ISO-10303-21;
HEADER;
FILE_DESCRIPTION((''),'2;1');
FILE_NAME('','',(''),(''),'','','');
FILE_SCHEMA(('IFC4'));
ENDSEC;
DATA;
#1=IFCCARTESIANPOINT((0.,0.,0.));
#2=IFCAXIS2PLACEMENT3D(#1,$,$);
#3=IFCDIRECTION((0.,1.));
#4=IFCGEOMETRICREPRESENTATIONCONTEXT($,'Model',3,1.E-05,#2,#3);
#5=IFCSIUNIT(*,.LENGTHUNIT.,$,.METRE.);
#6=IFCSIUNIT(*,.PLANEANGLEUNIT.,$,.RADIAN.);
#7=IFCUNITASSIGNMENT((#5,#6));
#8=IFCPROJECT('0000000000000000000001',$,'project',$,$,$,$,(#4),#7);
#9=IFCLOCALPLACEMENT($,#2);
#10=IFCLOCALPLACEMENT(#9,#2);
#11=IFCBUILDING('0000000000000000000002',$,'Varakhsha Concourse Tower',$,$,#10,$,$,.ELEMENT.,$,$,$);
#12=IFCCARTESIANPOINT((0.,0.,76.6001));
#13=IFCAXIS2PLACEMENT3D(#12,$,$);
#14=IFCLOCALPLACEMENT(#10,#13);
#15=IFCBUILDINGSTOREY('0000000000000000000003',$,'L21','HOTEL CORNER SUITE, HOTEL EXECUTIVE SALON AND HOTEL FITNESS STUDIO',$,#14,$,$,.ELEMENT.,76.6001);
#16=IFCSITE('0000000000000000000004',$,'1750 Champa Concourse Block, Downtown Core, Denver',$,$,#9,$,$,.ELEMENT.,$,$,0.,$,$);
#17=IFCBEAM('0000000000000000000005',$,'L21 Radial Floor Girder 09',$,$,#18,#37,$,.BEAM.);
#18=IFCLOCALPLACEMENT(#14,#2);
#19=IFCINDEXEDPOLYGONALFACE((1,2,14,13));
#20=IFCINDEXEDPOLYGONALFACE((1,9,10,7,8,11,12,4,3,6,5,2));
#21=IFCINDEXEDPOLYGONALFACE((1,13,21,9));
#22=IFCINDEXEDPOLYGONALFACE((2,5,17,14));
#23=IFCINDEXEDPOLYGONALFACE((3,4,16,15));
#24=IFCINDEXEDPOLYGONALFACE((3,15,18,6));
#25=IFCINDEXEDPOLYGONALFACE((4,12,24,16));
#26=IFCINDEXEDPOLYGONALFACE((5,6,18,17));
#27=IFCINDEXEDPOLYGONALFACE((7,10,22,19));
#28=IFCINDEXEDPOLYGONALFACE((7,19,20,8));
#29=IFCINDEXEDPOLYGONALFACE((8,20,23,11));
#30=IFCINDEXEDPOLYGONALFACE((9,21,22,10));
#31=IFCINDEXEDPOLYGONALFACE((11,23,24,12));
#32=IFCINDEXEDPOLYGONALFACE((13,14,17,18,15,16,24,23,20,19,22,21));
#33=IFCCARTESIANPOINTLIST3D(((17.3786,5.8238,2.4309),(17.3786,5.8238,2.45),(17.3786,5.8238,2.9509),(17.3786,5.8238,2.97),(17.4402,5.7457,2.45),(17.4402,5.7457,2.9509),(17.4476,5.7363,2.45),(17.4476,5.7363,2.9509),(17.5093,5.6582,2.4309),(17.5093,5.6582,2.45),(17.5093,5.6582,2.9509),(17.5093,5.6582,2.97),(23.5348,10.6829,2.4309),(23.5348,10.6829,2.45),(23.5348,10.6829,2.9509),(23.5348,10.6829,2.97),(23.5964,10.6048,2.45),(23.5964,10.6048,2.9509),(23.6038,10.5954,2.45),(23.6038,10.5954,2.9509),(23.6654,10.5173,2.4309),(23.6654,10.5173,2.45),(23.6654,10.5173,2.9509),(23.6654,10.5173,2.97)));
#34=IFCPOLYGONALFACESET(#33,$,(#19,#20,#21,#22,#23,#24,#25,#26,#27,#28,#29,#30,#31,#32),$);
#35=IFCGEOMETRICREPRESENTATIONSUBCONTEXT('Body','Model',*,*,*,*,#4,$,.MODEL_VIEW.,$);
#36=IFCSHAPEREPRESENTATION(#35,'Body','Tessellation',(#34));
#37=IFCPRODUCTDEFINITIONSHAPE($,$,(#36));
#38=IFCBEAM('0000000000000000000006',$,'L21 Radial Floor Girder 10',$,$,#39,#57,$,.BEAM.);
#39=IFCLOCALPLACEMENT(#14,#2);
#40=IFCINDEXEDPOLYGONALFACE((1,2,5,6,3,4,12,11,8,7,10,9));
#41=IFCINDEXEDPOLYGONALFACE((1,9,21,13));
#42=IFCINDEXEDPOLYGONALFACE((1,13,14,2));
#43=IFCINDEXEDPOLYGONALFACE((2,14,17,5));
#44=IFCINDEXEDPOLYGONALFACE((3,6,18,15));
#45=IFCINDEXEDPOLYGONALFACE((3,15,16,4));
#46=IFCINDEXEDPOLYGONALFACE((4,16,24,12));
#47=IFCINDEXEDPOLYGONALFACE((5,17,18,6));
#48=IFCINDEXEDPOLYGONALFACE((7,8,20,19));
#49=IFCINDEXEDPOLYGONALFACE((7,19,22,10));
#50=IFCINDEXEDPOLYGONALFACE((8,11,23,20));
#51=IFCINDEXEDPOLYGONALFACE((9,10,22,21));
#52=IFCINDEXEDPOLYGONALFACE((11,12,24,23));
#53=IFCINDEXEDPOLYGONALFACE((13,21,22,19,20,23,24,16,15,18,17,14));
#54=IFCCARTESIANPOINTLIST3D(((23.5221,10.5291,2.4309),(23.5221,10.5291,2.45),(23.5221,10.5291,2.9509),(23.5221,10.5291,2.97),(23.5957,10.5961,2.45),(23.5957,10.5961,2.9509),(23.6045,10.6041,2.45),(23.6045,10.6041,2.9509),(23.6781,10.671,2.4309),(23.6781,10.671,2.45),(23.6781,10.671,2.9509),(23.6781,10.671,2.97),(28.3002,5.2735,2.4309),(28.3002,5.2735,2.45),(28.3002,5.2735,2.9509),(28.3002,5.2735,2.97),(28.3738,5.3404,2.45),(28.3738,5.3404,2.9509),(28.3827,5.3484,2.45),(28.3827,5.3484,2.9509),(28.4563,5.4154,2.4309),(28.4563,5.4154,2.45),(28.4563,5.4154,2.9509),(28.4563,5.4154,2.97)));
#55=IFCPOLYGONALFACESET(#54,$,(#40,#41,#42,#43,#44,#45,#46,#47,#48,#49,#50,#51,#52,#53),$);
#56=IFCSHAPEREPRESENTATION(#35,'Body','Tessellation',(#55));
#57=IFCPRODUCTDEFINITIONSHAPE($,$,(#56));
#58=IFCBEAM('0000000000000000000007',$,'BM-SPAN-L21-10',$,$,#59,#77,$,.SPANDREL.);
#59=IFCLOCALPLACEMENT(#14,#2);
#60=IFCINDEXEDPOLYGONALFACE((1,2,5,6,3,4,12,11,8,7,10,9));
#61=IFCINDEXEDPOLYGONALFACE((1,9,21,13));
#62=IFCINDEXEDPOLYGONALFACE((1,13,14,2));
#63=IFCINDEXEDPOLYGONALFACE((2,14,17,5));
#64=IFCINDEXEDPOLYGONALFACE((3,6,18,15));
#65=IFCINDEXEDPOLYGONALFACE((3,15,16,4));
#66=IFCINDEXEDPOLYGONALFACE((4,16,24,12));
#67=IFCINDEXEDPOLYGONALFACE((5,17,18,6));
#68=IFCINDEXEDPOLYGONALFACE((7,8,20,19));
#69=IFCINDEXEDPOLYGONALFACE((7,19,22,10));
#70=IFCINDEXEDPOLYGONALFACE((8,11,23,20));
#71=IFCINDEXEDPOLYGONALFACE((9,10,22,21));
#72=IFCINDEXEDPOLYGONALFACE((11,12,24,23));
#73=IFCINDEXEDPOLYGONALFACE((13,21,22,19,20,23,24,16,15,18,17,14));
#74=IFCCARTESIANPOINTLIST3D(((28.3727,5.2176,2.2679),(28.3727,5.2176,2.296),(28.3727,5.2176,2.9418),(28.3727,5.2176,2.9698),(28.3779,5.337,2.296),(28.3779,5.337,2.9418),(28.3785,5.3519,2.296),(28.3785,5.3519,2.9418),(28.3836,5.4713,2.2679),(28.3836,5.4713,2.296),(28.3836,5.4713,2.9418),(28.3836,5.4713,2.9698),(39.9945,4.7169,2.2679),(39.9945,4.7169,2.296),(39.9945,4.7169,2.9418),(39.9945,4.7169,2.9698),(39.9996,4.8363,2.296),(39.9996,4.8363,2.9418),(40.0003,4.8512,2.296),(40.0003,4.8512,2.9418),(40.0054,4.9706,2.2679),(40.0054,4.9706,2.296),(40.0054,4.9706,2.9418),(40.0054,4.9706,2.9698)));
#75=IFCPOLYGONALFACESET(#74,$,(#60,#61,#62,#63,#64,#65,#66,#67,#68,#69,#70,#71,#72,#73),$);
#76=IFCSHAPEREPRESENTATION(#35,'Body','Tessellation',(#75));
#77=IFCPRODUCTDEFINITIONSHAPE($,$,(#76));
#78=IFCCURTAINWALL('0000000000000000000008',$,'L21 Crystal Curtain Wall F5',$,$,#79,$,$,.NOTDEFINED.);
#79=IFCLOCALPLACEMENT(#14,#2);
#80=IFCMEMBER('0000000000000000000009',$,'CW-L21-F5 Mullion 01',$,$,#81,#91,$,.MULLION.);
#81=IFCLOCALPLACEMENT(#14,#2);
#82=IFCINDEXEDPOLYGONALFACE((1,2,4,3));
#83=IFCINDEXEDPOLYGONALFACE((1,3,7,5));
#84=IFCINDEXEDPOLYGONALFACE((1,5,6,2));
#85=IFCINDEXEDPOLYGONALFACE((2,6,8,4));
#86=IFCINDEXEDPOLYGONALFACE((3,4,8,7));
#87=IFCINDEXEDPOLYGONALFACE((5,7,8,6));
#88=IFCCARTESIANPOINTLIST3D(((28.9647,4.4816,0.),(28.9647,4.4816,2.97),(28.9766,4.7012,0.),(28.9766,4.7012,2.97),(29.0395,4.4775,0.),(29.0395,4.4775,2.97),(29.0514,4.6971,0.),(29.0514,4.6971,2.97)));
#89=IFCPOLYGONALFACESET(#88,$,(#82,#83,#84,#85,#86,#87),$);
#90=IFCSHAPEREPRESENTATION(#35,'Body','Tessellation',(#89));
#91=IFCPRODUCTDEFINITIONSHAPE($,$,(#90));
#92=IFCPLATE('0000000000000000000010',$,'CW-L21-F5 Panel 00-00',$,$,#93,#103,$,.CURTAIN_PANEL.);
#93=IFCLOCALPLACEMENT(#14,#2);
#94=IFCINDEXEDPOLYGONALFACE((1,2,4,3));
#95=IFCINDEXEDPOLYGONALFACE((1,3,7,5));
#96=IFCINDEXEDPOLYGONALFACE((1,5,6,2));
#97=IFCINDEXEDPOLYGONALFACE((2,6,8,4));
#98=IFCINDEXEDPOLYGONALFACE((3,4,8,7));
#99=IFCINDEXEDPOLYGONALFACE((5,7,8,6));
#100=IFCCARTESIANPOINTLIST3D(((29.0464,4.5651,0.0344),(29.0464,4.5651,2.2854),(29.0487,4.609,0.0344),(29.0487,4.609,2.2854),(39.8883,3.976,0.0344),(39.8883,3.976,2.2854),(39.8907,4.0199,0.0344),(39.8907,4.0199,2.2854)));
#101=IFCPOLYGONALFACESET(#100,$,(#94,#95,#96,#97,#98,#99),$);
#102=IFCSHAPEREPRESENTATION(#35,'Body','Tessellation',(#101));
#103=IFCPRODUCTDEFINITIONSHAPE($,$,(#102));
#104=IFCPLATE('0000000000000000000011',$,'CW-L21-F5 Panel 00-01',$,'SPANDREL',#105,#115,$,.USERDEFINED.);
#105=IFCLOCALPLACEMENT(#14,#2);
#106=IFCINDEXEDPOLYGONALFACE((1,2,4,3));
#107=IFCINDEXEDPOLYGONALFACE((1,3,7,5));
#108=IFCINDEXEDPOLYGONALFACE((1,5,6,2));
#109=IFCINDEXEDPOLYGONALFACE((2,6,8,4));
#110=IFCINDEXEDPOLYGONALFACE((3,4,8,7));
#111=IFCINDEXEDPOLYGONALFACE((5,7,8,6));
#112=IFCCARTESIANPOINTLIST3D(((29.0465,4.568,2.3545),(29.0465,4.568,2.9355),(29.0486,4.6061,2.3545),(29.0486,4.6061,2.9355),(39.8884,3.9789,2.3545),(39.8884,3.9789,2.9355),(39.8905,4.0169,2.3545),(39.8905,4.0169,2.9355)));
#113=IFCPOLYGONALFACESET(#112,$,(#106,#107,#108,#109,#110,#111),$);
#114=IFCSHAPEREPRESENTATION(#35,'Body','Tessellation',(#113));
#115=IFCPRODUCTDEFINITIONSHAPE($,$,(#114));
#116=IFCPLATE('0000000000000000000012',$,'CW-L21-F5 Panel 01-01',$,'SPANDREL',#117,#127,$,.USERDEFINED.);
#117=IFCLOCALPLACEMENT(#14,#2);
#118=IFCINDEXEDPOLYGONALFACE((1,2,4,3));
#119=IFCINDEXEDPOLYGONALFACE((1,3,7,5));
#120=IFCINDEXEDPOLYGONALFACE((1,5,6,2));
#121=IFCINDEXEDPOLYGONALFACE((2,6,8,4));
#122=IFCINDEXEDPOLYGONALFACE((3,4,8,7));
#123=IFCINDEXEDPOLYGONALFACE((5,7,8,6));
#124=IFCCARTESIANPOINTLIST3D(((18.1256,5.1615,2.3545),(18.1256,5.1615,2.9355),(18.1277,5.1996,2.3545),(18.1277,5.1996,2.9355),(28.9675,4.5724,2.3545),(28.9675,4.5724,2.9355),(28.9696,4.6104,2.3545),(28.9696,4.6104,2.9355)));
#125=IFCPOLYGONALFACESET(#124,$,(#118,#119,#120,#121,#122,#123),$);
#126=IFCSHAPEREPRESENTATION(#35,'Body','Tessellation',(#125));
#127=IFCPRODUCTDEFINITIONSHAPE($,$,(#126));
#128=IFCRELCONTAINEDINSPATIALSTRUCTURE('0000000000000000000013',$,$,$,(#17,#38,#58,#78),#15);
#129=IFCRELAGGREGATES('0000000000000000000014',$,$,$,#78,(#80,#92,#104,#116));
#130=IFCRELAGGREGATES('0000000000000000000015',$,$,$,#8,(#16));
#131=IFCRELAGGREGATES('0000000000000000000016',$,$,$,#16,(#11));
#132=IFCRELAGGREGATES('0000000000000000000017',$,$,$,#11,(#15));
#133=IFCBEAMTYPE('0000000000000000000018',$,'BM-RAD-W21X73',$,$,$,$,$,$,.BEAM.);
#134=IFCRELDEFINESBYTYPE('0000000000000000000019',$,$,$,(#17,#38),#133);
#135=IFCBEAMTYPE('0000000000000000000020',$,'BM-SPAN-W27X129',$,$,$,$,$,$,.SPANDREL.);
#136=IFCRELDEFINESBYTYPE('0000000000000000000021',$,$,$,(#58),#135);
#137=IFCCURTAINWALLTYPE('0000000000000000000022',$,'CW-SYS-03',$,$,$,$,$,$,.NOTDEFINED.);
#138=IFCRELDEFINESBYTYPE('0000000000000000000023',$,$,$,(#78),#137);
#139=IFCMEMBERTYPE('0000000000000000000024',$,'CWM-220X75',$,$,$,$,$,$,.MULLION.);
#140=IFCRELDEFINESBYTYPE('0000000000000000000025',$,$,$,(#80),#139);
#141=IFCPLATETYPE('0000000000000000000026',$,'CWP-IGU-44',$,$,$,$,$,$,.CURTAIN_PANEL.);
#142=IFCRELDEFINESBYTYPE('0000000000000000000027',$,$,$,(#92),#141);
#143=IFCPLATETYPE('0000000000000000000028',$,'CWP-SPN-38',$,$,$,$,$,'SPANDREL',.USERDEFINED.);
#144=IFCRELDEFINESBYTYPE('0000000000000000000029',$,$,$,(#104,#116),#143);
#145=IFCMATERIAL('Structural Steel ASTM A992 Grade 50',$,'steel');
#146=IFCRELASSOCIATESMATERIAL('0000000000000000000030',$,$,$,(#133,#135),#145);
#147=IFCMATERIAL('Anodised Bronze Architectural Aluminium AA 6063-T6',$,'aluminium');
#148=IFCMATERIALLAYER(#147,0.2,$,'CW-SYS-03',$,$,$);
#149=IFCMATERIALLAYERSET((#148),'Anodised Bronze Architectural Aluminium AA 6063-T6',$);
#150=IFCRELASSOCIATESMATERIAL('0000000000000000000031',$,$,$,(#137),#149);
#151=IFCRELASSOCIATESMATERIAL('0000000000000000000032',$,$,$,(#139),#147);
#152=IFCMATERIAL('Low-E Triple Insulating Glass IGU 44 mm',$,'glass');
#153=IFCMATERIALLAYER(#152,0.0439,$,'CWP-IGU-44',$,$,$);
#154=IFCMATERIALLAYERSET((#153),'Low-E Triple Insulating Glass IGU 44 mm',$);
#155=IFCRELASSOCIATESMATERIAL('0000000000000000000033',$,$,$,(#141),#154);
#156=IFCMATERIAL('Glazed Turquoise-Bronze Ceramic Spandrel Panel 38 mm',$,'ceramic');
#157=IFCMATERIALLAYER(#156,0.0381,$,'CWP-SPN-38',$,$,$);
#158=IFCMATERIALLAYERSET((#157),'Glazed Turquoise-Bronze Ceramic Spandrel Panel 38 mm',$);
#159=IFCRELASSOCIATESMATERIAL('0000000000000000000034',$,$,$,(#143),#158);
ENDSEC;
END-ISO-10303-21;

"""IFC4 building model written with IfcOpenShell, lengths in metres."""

from ifc_helpers import new_model, si_unit, direction, frame, origin, origin_2d, place, context, subcontext, project, spatial, rectangle, i_section, extrude, source, transform, mapped, material, layer, layer_set, material_profile, profile_set, type_object, type_shapes, element, aggregate, save


model = new_model("IFC4")

# Units and contexts
model_context = context("Model", 3, precision=1e-05, world=origin(), true_north=direction((0.0, 1.0)))
body_context = subcontext(model_context, "Body", "Model", "MODEL_VIEW")
ifc_project = project(units=[si_unit("LENGTHUNIT", "METRE"), si_unit("PLANEANGLEUNIT", "RADIAN")], contexts=[model_context])

# Site, building, storey
site_placement = place(None, origin())
site = spatial("IfcSite", under=ifc_project, at=site_placement, Name="1750 Champa Concourse Block, Downtown Core, Denver", CompositionType="ELEMENT", RefElevation=0.0)
building_placement = place(site_placement, origin())
building = spatial("IfcBuilding", under=site, at=building_placement, Name="Varakhsha Concourse Tower", CompositionType="ELEMENT")
storey_placement = place(building_placement, frame((0.0, 0.0, 76.6001)))
storey = spatial("IfcBuildingStorey", under=building, at=storey_placement, Name="L21", Description="HOTEL CORNER SUITE, HOTEL EXECUTIVE SALON AND HOTEL FITNESS STUDIO", CompositionType="ELEMENT", Elevation=76.6001)

# Shared definitions
ifc_material_1 = material(Name="Structural Steel ASTM A992 Grade 50", Category="steel")

# Beams
ifc_material_profile_1 = material_profile(ifc_material_1, i_section(OverallWidth=0.2109, OverallDepth=0.5391, WebThickness=0.012, FlangeThickness=0.019, at=origin_2d()), Name="W21X73")
ifc_profile_set_1 = profile_set([ifc_material_profile_1], Name="Structural Steel ASTM A992 Grade 50")
beam_type_1 = type_object("IfcBeamType", Name="BM-RAD-W21X73", PredefinedType="BEAM", material=ifc_profile_set_1)
beam_1_placement = place(storey_placement, frame((23.6001, 10.6001, 2.7004), z_axis=(-0.784949, -0.619561, 0.0), x_axis=(0.619561, -0.784949, 0.0)))
element("IfcBeam", 1, at=beam_1_placement, inside=storey, type_object=beam_type_1, Name="L21 Radial Floor Girder 09", PredefinedType="BEAM", context=body_context, shape_type="SweptSolid", body=[
    extrude(i_section(OverallWidth=0.2109, OverallDepth=0.5391, WebThickness=0.012, FlangeThickness=0.019, at=origin_2d()), origin(), (0.0, 0.0, 1.0), 7.8428),
])
beam_2_placement = place(storey_placement, frame((23.6001, 10.6001, 2.7004), z_axis=(0.672692, -0.739923, 0.0), x_axis=(0.739923, 0.672692, 0.0)))
element("IfcBeam", 2, at=beam_2_placement, inside=storey, type_object=beam_type_1, Name="L21 Radial Floor Girder 10", PredefinedType="BEAM", context=body_context, shape_type="SweptSolid", body=[
    extrude(i_section(OverallWidth=0.2109, OverallDepth=0.5391, WebThickness=0.012, FlangeThickness=0.019, at=origin_2d()), origin(), (0.0, 0.0, 1.0), 7.103),
])
ifc_material_profile_2 = material_profile(ifc_material_1, i_section(OverallWidth=0.2539, OverallDepth=0.7019, WebThickness=0.0149, FlangeThickness=0.0281, at=origin_2d()), Name="W27X129")
ifc_profile_set_2 = profile_set([ifc_material_profile_2], Name="Structural Steel ASTM A992 Grade 50")
beam_type_2 = type_object("IfcBeamType", Name="BM-SPAN-W27X129", PredefinedType="SPANDREL", material=ifc_profile_set_2)
beam_3_placement = place(storey_placement, frame((28.3782, 5.3445, 2.6189), z_axis=(0.999073, -0.043046, 0.0), x_axis=(0.043046, 0.999073, 0.0)))
element("IfcBeam", 3, at=beam_3_placement, inside=storey, type_object=beam_type_2, Name="BM-SPAN-L21-10", PredefinedType="SPANDREL", context=body_context, shape_type="SweptSolid", body=[
    extrude(i_section(OverallWidth=0.2539, OverallDepth=0.7019, WebThickness=0.0149, FlangeThickness=0.0281, at=origin_2d()), origin(), (0.0, 0.0, 1.0), 11.6326),
])

# Curtain wall, member, plates
ifc_material_2 = material(Name="Anodised Bronze Architectural Aluminium AA 6063-T6", Category="aluminium")
ifc_layer_1 = layer(ifc_material_2, 0.2, Name="CW-SYS-03")
ifc_layer_set_1 = layer_set([ifc_layer_1], Name="Anodised Bronze Architectural Aluminium AA 6063-T6")
curtain_wall_type = type_object("IfcCurtainWallType", Name="CW-SYS-03", PredefinedType="NOTDEFINED", material=ifc_layer_set_1)
curtain_wall_placement = place(storey_placement, origin())
curtain_wall = element("IfcCurtainWall", 4, at=curtain_wall_placement, inside=storey, type_object=curtain_wall_type, Name="L21 Crystal Curtain Wall F5", PredefinedType="NOTDEFINED")
ifc_material_profile_3 = material_profile(ifc_material_2, rectangle(XDim=0.075, YDim=0.22, at=origin_2d()), Name="CWM-220X75")
ifc_profile_set_3 = profile_set([ifc_material_profile_3], Name="Anodised Bronze Architectural Aluminium AA 6063-T6")
member_type = type_object("IfcMemberType", Name="CWM-220X75", PredefinedType="MULLION", material=ifc_profile_set_3)
shared_shape_1 = source(origin(), body_context, "Body", "SweptSolid", [
    extrude(rectangle(XDim=0.075, YDim=0.22, at=origin_2d()), origin(), (0.0, 0.0, 1.0), 2.97),
])
type_shapes(member_type, [shared_shape_1])
member_placement = place(storey_placement, frame((29.0081, 4.5894, 0.0), z_axis=(0.0, 0.0, 1.0), x_axis=(-0.998527, 0.054257, 0.0)))
member = element("IfcMember", 5, at=member_placement, type_object=member_type, Name="CW-L21-F5 Mullion 01", PredefinedType="MULLION", context=body_context, shape_type="MappedRepresentation", body=[
    mapped(shared_shape_1, transform((0.0, 0.0, 0.0), scale=1.0)),
])
ifc_material_3 = material(Name="Low-E Triple Insulating Glass IGU 44 mm", Category="glass")
ifc_layer_2 = layer(ifc_material_3, 0.0439, Name="CWP-IGU-44")
ifc_layer_set_2 = layer_set([ifc_layer_2], Name="Low-E Triple Insulating Glass IGU 44 mm")
plate_type_1 = type_object("IfcPlateType", Name="CWP-IGU-44", PredefinedType="CURTAIN_PANEL", material=ifc_layer_set_2)
shared_shape_2 = source(origin(), body_context, "Body", "SweptSolid", [
    extrude(rectangle(XDim=10.8579, YDim=0.0439, at=origin_2d()), origin(), (0.0, 0.0, 1.0), 2.251),
])
type_shapes(plate_type_1, [shared_shape_2])
plate_1_placement = place(storey_placement, frame((34.4685, 4.2925, 0.0344), z_axis=(0.0, 0.0, 1.0), x_axis=(-0.998527, 0.054257, 0.0)))
plate_1 = element("IfcPlate", 6, at=plate_1_placement, type_object=plate_type_1, Name="CW-L21-F5 Panel 00-00", PredefinedType="CURTAIN_PANEL", context=body_context, shape_type="MappedRepresentation", body=[
    mapped(shared_shape_2, transform((0.0, 0.0, 0.0), scale=1.0)),
])
ifc_material_4 = material(Name="Glazed Turquoise-Bronze Ceramic Spandrel Panel 38 mm", Category="ceramic")
ifc_layer_3 = layer(ifc_material_4, 0.0381, Name="CWP-SPN-38")
ifc_layer_set_3 = layer_set([ifc_layer_3], Name="Glazed Turquoise-Bronze Ceramic Spandrel Panel 38 mm")
plate_type_2 = type_object("IfcPlateType", Name="CWP-SPN-38", ElementType="SPANDREL", PredefinedType="USERDEFINED", material=ifc_layer_set_3)
shared_shape_3 = source(origin(), body_context, "Body", "SweptSolid", [
    extrude(rectangle(XDim=10.8579, YDim=0.0381, at=origin_2d()), origin(), (0.0, 0.0, 1.0), 0.5811),
])
type_shapes(plate_type_2, [shared_shape_3])
plate_2_placement = place(storey_placement, frame((34.4685, 4.2925, 2.3545), z_axis=(0.0, 0.0, 1.0), x_axis=(-0.998527, 0.054257, 0.0)))
plate_2 = element("IfcPlate", 7, at=plate_2_placement, type_object=plate_type_2, Name="CW-L21-F5 Panel 00-01", ObjectType="SPANDREL", PredefinedType="USERDEFINED", context=body_context, shape_type="MappedRepresentation", body=[
    mapped(shared_shape_3, transform((0.0, 0.0, 0.0), scale=1.0)),
])
plate_3_placement = place(storey_placement, frame((23.5476, 4.886, 2.3545), z_axis=(0.0, 0.0, 1.0), x_axis=(-0.998527, 0.054257, 0.0)))
plate_3 = element("IfcPlate", 8, at=plate_3_placement, type_object=plate_type_2, Name="CW-L21-F5 Panel 01-01", ObjectType="SPANDREL", PredefinedType="USERDEFINED", context=body_context, shape_type="MappedRepresentation", body=[
    mapped(shared_shape_3, transform((0.0, 0.0, 0.0), scale=1.0)),
])
aggregate(curtain_wall, [member, plate_1, plate_2, plate_3])

save(model, "model.ifc")
